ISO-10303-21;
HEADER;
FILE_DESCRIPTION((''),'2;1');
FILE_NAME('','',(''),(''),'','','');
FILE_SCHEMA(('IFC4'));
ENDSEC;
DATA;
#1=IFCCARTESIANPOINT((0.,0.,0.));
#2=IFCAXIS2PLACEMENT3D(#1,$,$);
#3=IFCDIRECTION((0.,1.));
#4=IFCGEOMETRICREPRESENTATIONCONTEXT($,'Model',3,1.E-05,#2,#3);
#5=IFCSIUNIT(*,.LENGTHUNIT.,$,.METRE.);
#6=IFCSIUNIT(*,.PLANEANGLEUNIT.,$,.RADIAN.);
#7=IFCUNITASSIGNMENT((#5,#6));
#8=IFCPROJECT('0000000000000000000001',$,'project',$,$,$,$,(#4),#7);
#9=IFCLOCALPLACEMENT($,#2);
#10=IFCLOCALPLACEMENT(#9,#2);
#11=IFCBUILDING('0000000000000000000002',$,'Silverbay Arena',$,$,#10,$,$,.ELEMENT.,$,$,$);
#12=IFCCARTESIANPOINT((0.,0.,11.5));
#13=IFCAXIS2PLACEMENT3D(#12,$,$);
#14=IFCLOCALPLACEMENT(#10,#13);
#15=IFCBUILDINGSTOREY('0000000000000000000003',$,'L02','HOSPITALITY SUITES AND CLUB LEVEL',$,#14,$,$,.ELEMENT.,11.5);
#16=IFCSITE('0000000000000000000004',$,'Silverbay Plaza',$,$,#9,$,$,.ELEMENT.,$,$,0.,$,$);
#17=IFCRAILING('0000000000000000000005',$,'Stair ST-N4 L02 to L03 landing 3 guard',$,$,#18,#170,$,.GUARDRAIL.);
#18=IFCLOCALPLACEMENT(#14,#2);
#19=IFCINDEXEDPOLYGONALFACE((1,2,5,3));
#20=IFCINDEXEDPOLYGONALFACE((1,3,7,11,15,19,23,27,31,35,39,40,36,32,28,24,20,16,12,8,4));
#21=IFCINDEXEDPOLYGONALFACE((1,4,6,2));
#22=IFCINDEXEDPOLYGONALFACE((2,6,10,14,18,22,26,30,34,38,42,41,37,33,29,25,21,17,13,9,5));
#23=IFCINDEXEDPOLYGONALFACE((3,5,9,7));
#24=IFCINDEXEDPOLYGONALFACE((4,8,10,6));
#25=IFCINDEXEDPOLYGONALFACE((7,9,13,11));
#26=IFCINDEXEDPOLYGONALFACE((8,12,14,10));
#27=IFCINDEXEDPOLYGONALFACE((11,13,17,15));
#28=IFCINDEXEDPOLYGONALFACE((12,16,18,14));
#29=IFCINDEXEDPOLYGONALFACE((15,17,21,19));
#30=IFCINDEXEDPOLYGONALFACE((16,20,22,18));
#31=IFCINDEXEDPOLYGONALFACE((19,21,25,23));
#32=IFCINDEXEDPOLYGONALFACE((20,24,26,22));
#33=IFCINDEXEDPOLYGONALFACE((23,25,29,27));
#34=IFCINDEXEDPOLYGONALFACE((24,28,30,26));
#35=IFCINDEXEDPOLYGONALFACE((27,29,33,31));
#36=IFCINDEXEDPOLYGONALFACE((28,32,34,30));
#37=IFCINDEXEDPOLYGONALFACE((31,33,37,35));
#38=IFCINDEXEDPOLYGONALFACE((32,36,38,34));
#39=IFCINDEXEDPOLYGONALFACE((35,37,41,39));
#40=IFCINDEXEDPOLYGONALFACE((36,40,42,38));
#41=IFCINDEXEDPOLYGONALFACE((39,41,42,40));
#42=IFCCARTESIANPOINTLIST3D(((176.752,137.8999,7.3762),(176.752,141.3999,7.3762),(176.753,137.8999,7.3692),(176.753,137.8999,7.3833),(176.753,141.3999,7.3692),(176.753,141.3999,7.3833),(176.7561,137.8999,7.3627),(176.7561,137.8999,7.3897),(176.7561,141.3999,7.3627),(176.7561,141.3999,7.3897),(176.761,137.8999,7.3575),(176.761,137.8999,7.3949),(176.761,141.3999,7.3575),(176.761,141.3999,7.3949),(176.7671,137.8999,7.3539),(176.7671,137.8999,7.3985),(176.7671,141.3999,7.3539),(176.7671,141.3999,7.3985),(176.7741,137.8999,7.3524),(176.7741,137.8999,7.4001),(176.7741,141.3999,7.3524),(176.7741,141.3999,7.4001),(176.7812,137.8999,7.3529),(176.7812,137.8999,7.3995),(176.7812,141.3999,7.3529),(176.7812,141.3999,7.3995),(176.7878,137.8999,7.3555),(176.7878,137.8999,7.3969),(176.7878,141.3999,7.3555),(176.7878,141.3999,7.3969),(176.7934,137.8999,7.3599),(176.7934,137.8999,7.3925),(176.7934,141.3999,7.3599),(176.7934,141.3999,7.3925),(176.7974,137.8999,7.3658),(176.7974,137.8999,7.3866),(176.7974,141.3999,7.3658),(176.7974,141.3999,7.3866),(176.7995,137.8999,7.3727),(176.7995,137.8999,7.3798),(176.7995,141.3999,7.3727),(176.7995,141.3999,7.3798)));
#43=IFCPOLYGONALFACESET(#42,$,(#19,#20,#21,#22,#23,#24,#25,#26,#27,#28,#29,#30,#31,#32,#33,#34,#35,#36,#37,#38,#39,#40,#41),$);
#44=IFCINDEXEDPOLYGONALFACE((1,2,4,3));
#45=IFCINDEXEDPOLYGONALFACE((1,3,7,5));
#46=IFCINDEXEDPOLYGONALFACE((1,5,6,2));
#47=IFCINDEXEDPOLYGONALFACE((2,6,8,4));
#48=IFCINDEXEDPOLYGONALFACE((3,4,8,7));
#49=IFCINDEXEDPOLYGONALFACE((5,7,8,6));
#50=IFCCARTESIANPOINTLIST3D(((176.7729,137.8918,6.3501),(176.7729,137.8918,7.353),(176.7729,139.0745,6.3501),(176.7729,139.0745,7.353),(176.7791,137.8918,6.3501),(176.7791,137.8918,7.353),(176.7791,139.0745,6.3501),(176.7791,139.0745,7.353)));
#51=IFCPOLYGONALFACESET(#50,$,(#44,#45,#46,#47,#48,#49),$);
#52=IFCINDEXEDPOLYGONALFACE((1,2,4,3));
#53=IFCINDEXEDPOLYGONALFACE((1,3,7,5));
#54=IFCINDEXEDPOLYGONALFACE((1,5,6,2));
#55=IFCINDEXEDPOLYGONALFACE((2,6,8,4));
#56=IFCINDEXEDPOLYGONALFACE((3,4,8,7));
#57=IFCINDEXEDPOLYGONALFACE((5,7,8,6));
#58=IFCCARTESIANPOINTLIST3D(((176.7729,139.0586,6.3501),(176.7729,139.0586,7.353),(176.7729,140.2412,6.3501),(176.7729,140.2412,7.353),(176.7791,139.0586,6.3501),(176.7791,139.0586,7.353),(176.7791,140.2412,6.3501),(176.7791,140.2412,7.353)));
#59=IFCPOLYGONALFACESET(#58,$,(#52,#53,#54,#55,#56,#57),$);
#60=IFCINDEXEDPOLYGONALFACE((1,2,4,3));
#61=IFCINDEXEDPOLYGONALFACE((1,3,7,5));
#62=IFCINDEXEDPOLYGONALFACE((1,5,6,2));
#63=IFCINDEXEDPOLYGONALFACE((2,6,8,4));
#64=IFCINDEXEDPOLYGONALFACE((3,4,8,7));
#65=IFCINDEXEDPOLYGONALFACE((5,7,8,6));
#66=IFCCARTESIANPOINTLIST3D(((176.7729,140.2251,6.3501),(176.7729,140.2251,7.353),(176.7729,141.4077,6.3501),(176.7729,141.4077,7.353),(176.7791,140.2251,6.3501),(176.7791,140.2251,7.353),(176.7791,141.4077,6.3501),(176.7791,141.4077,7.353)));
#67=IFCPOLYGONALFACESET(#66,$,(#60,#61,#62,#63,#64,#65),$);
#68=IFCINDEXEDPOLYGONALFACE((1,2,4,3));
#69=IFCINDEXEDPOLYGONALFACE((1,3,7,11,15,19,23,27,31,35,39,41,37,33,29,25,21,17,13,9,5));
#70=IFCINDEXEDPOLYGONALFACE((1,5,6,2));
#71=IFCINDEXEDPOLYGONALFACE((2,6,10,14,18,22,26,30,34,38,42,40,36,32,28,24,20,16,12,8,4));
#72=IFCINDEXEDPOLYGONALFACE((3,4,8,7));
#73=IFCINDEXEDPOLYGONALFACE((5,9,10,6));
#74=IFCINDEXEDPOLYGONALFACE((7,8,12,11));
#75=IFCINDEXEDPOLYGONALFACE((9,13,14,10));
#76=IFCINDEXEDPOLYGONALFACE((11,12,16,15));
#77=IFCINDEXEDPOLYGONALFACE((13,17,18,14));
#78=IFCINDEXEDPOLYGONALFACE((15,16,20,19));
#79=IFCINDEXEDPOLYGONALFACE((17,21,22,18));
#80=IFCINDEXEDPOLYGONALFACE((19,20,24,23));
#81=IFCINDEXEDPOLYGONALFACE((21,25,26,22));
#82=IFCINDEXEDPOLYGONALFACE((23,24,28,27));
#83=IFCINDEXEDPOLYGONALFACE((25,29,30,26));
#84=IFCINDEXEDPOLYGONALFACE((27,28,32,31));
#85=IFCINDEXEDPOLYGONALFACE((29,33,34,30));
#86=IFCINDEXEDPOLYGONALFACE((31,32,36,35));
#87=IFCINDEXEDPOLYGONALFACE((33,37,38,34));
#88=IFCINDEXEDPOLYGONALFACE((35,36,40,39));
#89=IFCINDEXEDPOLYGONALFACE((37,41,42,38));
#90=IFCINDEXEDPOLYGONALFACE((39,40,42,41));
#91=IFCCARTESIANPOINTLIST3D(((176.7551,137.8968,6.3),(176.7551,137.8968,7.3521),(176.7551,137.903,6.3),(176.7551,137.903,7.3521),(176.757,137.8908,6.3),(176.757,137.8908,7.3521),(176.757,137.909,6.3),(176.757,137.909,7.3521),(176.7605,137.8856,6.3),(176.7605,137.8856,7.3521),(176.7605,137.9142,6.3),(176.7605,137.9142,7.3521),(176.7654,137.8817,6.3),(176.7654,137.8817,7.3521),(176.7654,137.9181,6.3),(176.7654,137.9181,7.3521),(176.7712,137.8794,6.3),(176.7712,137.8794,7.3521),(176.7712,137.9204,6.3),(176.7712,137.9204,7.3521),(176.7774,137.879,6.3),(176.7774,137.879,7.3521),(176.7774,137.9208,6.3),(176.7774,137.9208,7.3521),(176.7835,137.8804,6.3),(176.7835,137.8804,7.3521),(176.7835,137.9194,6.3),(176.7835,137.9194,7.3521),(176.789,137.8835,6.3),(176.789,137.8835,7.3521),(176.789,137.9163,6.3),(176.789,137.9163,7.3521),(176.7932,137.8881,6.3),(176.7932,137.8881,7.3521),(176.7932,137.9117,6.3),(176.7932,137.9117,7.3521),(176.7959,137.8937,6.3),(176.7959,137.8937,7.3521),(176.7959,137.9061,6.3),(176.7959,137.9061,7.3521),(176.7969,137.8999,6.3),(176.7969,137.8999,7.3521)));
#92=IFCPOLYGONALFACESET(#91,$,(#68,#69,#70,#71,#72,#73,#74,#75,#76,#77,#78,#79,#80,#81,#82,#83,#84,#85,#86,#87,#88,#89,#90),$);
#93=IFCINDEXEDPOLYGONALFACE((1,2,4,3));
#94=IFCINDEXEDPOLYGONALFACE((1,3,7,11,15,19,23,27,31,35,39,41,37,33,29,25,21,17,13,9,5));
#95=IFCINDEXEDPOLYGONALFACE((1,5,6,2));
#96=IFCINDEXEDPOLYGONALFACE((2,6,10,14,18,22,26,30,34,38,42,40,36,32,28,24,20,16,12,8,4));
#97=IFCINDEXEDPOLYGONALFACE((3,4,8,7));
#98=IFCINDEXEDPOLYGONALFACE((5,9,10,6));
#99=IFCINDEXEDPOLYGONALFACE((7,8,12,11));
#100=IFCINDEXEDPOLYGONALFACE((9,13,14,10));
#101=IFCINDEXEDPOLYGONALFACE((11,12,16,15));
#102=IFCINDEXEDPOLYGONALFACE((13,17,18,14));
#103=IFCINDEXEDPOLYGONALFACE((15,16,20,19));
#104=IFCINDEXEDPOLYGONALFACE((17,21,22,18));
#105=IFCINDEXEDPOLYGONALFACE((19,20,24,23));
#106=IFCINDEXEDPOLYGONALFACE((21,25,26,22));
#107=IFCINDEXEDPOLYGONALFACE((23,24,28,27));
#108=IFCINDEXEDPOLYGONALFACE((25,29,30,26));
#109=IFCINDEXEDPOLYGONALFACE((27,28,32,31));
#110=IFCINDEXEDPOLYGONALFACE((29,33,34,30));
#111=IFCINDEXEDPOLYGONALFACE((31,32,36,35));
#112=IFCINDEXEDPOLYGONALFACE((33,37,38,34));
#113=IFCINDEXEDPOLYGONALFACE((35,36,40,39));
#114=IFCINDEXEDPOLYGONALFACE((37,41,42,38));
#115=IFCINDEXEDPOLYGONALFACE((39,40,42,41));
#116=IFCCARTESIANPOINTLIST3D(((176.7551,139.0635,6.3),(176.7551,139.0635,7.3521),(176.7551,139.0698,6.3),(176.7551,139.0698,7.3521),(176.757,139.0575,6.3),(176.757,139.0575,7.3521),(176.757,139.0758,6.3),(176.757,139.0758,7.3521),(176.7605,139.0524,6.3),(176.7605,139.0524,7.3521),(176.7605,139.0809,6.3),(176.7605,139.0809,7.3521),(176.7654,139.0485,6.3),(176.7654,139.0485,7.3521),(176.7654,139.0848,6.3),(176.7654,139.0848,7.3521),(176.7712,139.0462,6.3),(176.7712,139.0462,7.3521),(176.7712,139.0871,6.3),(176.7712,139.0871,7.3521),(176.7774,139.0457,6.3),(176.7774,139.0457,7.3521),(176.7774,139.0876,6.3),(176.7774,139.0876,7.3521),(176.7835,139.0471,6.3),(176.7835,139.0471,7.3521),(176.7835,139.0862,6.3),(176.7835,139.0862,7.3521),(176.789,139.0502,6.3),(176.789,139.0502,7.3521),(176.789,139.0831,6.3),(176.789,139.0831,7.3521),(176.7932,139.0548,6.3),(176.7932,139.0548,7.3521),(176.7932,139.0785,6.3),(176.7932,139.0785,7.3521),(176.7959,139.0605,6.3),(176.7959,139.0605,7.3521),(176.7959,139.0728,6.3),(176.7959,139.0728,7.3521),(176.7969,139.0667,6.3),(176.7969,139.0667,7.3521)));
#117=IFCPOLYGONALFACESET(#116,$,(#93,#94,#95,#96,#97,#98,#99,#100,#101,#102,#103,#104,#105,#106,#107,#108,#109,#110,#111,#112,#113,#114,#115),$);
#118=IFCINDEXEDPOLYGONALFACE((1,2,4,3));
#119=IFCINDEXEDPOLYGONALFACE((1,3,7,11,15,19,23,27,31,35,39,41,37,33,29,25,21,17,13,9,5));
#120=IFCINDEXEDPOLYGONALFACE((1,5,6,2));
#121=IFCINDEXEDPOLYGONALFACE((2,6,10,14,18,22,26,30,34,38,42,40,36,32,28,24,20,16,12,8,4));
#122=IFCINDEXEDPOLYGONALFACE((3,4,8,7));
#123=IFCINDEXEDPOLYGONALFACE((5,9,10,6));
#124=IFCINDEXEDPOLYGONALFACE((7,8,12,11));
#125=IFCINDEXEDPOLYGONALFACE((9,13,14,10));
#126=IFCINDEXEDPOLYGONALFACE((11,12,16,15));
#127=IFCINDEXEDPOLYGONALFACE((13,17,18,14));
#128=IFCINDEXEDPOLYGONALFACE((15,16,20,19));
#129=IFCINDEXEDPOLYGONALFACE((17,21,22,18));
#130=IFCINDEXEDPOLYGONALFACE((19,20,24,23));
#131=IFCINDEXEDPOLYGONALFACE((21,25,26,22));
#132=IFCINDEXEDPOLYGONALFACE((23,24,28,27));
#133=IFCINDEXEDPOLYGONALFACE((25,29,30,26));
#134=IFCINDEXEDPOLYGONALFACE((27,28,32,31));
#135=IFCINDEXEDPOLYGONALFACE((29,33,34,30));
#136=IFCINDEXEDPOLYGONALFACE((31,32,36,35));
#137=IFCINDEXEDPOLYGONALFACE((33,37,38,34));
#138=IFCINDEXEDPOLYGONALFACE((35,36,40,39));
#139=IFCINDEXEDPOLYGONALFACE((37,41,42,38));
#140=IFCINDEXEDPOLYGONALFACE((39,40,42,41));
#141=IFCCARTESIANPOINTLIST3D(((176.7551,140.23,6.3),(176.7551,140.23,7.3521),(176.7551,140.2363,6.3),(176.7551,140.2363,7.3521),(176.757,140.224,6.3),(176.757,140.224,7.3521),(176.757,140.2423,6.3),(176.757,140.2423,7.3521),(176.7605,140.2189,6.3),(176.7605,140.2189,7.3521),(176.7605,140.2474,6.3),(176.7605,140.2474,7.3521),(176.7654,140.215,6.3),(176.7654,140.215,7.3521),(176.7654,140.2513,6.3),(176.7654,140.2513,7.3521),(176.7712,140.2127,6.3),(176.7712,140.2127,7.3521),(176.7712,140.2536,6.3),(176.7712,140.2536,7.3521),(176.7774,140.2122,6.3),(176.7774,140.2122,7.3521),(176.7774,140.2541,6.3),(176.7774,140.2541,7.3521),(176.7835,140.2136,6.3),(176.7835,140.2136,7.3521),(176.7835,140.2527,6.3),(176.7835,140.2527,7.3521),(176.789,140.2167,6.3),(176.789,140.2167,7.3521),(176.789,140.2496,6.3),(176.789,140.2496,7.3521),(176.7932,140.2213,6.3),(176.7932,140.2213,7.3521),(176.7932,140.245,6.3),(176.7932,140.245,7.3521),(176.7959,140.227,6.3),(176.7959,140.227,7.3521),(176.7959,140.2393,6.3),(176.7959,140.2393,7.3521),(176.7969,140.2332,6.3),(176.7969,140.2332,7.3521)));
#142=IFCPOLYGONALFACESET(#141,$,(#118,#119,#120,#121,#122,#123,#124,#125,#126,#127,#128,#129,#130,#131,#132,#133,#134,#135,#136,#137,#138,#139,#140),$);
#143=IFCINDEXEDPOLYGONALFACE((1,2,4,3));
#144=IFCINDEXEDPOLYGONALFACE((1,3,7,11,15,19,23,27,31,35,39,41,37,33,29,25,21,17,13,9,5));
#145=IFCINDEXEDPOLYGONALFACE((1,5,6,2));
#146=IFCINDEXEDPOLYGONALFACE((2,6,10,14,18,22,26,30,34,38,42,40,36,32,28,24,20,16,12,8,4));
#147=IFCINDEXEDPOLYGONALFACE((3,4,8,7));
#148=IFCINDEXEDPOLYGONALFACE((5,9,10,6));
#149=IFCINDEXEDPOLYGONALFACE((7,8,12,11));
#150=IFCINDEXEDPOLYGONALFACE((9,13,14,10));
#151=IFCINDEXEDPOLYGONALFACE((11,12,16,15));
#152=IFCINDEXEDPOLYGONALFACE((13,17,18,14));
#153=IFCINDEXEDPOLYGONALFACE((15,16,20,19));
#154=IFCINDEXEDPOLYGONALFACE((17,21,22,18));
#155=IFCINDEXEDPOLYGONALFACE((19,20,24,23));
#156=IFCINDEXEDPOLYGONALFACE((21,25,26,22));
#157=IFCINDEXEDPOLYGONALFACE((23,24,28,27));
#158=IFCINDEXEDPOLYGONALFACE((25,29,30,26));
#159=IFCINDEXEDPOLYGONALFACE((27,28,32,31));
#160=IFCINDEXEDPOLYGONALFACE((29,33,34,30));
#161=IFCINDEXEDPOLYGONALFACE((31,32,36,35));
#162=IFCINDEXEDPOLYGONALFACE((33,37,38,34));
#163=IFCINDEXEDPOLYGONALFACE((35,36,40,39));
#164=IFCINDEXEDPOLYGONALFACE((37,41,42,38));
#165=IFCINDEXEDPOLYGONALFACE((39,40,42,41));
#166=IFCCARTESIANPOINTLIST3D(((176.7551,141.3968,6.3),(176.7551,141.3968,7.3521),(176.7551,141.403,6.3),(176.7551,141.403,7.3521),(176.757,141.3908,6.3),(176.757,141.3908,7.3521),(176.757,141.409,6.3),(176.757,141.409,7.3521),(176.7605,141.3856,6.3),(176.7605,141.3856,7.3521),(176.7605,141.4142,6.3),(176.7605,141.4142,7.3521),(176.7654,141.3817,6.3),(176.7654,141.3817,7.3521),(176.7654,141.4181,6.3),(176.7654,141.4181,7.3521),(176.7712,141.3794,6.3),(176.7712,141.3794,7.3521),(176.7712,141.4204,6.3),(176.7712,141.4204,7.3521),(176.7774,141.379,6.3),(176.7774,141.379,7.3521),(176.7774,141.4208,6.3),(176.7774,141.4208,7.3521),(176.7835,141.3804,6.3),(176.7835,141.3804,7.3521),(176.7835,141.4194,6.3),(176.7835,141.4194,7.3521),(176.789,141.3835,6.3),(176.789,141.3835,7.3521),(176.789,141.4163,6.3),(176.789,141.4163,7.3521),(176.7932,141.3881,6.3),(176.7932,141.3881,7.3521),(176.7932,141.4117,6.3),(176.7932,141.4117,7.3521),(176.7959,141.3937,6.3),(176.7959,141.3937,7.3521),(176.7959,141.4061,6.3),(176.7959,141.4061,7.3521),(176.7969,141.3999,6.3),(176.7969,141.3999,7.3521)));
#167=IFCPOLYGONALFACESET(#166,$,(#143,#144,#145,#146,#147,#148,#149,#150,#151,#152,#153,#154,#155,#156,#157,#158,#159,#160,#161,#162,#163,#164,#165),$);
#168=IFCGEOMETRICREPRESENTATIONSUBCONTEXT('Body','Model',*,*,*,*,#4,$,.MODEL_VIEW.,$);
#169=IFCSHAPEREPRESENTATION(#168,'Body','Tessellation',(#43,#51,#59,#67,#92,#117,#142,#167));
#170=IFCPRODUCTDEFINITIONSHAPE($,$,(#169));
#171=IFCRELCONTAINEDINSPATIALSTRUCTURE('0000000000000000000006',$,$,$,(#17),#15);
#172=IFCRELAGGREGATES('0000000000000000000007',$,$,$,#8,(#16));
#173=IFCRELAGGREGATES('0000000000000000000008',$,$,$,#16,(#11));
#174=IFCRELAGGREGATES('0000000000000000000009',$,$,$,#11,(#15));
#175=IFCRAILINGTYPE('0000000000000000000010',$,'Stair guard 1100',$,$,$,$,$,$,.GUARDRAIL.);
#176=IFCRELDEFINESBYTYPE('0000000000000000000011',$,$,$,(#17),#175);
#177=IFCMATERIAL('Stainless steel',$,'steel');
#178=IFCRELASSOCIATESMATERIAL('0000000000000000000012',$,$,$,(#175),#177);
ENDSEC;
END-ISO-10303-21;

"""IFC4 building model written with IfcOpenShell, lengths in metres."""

from ifc_helpers import new_model, si_unit, direction, frame, origin, origin_2d, place, context, subcontext, project, spatial, polyline, circle, outline, extrude, material, type_object, element, save


model = new_model("IFC4")

# Units and contexts
model_context = context("Model", 3, precision=1e-05, world=origin(), true_north=direction((0.0, 1.0)))
body_context = subcontext(model_context, "Body", "Model", "MODEL_VIEW")
ifc_project = project(units=[si_unit("LENGTHUNIT", "METRE"), si_unit("PLANEANGLEUNIT", "RADIAN")], contexts=[model_context])

# Site, building, storey
site_placement = place(None, origin())
site = spatial("IfcSite", under=ifc_project, at=site_placement, Name="Silverbay Plaza", CompositionType="ELEMENT", RefElevation=0.0)
building_placement = place(site_placement, origin())
building = spatial("IfcBuilding", under=site, at=building_placement, Name="Silverbay Arena", CompositionType="ELEMENT")
storey_placement = place(building_placement, frame((0.0, 0.0, 11.5)))
storey = spatial("IfcBuildingStorey", under=building, at=storey_placement, Name="L02", Description="HOSPITALITY SUITES AND CLUB LEVEL", CompositionType="ELEMENT", Elevation=11.5)

# Railing
ifc_material_1 = material(Name="Stainless steel", Category="steel")
railing_type_1 = type_object("IfcRailingType", Name="Stair guard 1100", PredefinedType="GUARDRAIL", material=ifc_material_1)
for number, where, name in (
    (1, (176.7759, 137.8999, 6.3), "Stair ST-N4 L02 to L03 landing 3 guard"),
):
    element("IfcRailing", number, at=place(storey_placement, frame(where)), inside=storey, type_object=railing_type_1, Name=name, PredefinedType="GUARDRAIL", context=body_context, shape_type="SweptSolid", body=[
        extrude(circle(Radius=0.0239, at=origin_2d()), frame((0.0, 0.0, 1.0762), z_axis=(0.0, 1.0, 0.0), x_axis=(-1.0, 0.0, 0.0)), (0.0, 0.0, 1.0), 3.5),
        extrude(outline(polyline([(-0.0081, 0.05), (1.1746, 0.05), (1.1746, 1.053), (-0.0081, 1.053), (-0.0081, 0.05)])), frame((-0.0029, 0.0, 0.0), z_axis=(1.0, 0.0, 0.0), x_axis=(0.0, 1.0, 0.0)), (0.0, 0.0, 1.0), 0.0061),
        extrude(outline(polyline([(-0.0081, 0.05), (1.1746, 0.05), (1.1746, 1.053), (-0.0081, 1.053), (-0.0081, 0.05)])), frame((-0.0029, 1.1667, 0.0), z_axis=(1.0, 0.0, 0.0), x_axis=(0.0, 1.0, 0.0)), (0.0, 0.0, 1.0), 0.0061),
        extrude(outline(polyline([(-0.0081, 0.05), (1.1746, 0.05), (1.1746, 1.053), (-0.0081, 1.053), (-0.0081, 0.05)])), frame((-0.0029, 2.3333, 0.0), z_axis=(1.0, 0.0, 0.0), x_axis=(0.0, 1.0, 0.0)), (0.0, 0.0, 1.0), 0.0061),
        extrude(circle(Radius=0.021, at=origin_2d()), origin(), (0.0, 0.0, 1.0), 1.052),
        extrude(circle(Radius=0.021, at=origin_2d()), frame((0.0, 1.1667, 0.0)), (0.0, 0.0, 1.0), 1.052),
        extrude(circle(Radius=0.021, at=origin_2d()), frame((0.0, 2.3333, 0.0)), (0.0, 0.0, 1.0), 1.052),
        extrude(circle(Radius=0.021, at=origin_2d()), frame((0.0, 3.5, 0.0)), (0.0, 0.0, 1.0), 1.052),
    ])

save(model, "model.ifc")
